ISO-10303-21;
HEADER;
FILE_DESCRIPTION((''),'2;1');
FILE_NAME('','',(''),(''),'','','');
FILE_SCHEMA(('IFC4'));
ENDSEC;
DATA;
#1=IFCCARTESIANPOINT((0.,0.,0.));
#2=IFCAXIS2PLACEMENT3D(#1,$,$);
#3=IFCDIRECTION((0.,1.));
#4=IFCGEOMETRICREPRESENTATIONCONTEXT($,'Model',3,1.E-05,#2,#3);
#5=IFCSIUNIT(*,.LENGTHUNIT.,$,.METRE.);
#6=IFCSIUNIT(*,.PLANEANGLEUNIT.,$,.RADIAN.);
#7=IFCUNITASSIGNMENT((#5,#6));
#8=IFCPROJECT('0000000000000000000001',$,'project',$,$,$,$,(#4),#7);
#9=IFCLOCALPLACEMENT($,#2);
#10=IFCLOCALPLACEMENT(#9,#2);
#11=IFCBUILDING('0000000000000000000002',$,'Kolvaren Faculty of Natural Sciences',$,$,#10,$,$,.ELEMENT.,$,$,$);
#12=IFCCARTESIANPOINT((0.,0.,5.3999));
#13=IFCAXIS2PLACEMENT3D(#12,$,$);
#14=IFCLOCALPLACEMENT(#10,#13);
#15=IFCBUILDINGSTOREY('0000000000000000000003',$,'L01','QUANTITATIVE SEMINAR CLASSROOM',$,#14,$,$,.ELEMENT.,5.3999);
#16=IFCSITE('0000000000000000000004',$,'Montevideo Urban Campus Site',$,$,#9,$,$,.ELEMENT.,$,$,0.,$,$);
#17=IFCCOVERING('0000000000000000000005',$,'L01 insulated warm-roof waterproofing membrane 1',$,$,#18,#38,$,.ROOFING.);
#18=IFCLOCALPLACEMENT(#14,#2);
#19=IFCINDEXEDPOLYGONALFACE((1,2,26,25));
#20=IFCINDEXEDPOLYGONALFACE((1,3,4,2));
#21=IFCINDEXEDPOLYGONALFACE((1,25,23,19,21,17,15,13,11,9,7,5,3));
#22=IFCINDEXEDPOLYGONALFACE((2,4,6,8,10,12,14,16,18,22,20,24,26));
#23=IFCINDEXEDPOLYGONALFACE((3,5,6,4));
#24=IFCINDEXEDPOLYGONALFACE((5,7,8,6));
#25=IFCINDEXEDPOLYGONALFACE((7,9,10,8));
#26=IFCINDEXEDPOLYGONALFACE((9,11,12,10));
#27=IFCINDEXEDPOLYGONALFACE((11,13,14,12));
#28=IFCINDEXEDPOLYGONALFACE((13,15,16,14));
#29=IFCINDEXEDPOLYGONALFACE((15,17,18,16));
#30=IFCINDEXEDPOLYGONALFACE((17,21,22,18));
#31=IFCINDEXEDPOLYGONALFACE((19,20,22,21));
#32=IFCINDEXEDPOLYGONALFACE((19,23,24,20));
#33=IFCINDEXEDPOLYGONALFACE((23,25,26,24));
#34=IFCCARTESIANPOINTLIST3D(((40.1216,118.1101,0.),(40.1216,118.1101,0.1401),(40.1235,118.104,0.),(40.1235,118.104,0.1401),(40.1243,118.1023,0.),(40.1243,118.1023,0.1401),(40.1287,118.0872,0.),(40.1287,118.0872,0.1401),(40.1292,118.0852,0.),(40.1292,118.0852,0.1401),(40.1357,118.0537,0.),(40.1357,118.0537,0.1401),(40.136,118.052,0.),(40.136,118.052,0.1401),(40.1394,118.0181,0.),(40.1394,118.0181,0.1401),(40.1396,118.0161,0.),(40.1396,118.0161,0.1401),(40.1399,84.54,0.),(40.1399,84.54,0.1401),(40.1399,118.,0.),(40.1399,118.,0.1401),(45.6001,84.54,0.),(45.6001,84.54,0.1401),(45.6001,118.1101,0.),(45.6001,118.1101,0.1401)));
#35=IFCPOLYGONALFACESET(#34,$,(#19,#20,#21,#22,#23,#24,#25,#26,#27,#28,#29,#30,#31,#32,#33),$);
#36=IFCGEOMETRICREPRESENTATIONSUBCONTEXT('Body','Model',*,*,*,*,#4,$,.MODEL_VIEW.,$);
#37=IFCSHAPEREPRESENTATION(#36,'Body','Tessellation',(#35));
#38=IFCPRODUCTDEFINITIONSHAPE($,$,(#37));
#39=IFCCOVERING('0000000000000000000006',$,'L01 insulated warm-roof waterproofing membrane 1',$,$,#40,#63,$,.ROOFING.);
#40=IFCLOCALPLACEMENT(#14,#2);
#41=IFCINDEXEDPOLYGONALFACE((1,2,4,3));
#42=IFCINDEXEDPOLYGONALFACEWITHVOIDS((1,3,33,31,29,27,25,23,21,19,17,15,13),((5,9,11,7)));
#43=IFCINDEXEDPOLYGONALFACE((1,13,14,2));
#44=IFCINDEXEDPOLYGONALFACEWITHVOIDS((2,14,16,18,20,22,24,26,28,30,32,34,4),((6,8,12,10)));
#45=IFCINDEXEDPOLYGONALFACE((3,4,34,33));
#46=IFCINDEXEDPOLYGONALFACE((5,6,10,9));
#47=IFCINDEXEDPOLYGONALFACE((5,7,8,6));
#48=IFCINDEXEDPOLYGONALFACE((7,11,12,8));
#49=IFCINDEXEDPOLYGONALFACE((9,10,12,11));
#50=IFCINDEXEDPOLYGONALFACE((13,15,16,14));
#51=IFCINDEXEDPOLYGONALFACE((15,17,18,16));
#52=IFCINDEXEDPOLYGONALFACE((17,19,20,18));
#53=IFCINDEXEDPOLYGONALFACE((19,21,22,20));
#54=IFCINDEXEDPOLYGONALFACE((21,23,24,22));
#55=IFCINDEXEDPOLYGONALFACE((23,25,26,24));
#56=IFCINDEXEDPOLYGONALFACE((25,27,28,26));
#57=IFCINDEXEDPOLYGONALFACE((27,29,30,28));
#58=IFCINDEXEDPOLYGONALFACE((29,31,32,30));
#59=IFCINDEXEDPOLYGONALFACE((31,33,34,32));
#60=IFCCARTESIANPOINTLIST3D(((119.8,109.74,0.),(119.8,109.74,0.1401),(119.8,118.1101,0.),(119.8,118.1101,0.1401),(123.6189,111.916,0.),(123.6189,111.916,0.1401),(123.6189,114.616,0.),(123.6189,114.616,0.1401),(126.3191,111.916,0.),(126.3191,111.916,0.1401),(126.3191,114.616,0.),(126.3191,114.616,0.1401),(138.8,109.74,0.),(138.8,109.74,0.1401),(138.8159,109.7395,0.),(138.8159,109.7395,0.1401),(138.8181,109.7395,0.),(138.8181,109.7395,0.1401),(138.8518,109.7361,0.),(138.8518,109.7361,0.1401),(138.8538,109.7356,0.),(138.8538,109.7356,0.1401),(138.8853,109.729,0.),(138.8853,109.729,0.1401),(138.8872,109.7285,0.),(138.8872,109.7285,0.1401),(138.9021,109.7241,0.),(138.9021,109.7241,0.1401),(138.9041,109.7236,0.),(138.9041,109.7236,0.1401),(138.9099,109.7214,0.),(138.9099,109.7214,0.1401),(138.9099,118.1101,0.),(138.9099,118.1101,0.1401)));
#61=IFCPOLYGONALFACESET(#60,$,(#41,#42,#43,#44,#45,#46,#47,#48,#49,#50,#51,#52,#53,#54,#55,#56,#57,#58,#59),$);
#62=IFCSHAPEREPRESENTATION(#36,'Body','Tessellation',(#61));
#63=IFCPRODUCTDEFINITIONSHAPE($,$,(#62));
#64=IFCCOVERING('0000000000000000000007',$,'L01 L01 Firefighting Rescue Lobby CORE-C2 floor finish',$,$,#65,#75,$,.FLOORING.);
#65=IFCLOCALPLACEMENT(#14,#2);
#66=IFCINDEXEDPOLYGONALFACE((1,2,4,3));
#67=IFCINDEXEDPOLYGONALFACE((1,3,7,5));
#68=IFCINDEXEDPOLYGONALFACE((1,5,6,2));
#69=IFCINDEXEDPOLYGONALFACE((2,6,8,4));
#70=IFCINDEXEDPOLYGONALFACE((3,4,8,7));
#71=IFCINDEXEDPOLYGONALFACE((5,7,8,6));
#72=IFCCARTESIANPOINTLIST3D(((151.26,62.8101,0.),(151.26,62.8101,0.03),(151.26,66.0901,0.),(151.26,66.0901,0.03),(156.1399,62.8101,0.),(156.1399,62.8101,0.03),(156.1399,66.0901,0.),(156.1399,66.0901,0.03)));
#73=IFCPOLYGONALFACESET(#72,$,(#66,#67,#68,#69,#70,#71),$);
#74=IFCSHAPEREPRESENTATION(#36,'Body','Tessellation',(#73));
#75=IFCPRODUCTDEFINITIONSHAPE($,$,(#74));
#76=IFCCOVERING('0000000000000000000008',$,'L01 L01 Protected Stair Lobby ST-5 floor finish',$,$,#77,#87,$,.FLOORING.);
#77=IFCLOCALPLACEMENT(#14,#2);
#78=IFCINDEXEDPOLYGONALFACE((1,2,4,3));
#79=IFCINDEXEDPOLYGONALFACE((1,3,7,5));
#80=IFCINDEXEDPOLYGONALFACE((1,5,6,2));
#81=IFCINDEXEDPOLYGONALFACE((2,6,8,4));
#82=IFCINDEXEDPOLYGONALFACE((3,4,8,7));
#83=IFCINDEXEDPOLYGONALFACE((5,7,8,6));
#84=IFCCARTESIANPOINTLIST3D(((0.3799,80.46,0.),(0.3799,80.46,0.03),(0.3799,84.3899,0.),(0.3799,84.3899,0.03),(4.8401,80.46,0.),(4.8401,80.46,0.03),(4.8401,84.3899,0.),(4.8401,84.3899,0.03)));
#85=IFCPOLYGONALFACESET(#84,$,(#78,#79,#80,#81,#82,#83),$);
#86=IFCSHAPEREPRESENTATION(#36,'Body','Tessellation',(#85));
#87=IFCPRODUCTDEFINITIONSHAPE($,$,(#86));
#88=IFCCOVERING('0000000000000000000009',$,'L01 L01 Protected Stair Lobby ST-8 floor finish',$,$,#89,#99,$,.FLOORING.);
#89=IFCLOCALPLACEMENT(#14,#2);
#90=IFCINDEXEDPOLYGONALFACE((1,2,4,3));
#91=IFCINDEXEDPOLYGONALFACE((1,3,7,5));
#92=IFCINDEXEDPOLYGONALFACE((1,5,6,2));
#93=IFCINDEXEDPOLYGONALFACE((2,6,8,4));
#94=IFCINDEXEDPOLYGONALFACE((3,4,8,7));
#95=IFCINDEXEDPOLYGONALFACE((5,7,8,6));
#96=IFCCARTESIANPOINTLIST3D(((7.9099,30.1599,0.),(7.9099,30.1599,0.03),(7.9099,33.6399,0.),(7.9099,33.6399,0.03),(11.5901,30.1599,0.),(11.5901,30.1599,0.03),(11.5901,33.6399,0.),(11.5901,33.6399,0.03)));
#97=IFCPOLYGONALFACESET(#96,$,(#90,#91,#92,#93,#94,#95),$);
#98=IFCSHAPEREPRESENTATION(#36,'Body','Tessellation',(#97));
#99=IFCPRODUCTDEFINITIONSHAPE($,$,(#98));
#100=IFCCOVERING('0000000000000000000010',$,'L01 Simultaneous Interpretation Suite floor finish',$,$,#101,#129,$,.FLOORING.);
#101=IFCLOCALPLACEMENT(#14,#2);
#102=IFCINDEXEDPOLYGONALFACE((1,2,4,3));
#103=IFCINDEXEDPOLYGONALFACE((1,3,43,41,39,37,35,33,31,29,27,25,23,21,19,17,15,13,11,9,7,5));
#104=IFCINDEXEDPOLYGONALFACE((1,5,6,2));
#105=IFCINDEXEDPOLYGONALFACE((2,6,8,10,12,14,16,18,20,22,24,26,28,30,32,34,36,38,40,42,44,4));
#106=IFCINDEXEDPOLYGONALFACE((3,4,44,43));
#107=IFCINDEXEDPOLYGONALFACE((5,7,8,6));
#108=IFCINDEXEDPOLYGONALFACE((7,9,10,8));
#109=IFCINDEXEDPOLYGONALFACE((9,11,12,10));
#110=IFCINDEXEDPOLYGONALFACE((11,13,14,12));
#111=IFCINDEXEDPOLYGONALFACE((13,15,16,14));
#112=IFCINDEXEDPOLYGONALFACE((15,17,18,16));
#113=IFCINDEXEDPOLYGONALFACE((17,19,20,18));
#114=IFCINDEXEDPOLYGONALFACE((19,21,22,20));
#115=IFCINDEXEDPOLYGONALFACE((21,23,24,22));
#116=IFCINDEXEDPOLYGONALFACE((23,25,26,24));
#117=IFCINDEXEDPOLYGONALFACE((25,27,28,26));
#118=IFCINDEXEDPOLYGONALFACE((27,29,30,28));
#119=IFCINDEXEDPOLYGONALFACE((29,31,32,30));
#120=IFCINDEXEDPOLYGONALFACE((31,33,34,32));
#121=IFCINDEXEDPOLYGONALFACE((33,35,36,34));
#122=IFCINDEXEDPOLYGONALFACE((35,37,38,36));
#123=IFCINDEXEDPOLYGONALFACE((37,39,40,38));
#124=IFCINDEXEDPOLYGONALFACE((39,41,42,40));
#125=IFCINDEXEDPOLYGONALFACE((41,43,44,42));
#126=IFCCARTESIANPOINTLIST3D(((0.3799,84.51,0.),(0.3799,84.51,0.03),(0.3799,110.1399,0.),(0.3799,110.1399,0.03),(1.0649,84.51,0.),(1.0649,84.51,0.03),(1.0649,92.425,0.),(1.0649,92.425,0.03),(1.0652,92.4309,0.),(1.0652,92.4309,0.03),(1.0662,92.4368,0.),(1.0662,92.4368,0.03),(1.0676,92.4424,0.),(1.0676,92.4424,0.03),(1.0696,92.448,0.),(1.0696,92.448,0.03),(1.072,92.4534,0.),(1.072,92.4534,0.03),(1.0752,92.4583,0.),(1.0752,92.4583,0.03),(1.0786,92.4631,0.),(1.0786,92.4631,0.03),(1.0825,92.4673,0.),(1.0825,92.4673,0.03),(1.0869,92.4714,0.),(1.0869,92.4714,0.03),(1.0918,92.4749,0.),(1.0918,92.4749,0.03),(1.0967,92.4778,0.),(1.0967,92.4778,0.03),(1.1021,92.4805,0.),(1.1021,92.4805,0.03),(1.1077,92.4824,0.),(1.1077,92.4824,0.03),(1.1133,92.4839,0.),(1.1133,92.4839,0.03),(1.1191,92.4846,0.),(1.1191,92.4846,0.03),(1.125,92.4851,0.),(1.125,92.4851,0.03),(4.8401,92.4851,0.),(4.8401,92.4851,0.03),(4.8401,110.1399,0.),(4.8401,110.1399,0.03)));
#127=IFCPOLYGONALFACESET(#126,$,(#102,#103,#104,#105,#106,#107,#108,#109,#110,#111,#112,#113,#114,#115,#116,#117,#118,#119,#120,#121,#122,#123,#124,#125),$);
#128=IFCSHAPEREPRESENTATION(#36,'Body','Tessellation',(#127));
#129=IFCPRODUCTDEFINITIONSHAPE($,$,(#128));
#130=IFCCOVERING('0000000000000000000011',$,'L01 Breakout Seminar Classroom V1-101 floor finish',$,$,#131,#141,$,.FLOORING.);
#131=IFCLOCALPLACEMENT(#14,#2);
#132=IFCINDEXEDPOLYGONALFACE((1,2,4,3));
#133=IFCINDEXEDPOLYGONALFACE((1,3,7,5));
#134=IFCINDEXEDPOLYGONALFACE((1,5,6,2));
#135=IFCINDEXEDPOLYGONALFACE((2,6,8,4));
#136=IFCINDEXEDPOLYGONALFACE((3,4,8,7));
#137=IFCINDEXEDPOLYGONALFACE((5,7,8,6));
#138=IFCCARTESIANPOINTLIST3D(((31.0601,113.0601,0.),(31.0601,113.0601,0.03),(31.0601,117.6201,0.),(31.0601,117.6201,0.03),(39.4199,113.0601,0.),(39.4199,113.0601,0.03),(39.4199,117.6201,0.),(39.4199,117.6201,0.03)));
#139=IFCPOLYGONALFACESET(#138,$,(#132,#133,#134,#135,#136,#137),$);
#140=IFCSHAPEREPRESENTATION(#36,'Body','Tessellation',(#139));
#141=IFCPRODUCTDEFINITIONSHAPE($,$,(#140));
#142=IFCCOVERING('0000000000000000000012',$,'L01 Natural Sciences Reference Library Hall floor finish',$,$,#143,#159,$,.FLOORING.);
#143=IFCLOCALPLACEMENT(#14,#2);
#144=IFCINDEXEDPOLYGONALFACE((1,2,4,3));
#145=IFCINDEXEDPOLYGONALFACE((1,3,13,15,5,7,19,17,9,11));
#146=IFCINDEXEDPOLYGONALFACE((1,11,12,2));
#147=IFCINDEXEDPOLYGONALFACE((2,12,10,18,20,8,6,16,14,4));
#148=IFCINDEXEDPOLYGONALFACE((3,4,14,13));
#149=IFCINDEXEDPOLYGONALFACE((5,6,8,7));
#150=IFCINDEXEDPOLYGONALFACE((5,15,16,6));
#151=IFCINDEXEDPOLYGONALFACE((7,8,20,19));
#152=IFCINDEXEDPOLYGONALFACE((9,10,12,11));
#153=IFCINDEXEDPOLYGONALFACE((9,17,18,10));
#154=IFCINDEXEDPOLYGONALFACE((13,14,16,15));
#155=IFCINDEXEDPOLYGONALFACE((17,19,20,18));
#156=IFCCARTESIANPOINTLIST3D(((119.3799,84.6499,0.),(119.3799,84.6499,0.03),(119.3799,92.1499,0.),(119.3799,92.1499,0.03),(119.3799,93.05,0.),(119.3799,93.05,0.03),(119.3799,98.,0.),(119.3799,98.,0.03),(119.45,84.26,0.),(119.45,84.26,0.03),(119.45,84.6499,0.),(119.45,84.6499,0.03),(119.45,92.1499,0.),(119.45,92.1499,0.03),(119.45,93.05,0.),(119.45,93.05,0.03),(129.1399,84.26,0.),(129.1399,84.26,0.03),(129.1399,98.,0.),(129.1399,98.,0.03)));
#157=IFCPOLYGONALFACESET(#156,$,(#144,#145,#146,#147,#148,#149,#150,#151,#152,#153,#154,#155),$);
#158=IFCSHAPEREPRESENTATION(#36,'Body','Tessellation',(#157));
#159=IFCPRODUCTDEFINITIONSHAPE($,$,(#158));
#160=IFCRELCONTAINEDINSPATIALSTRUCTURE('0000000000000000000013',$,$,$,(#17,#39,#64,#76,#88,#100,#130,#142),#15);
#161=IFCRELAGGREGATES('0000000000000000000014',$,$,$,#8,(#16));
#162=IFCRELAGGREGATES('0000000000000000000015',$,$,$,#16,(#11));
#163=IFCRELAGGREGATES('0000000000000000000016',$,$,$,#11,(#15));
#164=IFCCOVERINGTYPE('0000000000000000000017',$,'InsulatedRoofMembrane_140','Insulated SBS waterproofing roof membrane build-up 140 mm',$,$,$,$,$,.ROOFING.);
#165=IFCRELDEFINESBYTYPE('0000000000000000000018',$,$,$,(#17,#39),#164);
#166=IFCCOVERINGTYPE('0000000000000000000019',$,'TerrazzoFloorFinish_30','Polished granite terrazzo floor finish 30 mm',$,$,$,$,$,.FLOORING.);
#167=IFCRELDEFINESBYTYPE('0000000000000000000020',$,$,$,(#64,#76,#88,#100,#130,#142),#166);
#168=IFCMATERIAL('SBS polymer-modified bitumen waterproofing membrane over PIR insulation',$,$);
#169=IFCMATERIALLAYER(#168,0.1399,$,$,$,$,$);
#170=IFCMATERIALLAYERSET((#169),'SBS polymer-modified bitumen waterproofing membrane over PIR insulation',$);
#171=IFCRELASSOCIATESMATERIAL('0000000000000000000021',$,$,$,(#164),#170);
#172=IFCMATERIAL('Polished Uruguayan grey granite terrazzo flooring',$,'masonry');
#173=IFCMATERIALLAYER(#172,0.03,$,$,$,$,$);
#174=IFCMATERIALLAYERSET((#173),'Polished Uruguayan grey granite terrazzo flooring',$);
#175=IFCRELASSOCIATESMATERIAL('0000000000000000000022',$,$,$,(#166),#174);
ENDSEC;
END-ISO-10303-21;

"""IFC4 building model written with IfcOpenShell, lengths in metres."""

from ifc_helpers import new_model, si_unit, direction, frame, origin, place, context, subcontext, project, spatial, polyline, outline, extrude, material, layer, layer_set, type_object, element, save


model = new_model("IFC4")

# Units and contexts
model_context = context("Model", 3, precision=1e-05, world=origin(), true_north=direction((0.0, 1.0)))
body_context = subcontext(model_context, "Body", "Model", "MODEL_VIEW")
ifc_project = project(units=[si_unit("LENGTHUNIT", "METRE"), si_unit("PLANEANGLEUNIT", "RADIAN")], contexts=[model_context])

# Site, building, storey
site_placement = place(None, origin())
site = spatial("IfcSite", under=ifc_project, at=site_placement, Name="Montevideo Urban Campus Site", CompositionType="ELEMENT", RefElevation=0.0)
building_placement = place(site_placement, origin())
building = spatial("IfcBuilding", under=site, at=building_placement, Name="Kolvaren Faculty of Natural Sciences", CompositionType="ELEMENT")
storey_placement = place(building_placement, frame((0.0, 0.0, 5.3999)))
storey = spatial("IfcBuildingStorey", under=building, at=storey_placement, Name="L01", Description="QUANTITATIVE SEMINAR CLASSROOM", CompositionType="ELEMENT", Elevation=5.3999)

# Coverings
ifc_material_1 = material(Name="SBS polymer-modified bitumen waterproofing membrane over PIR insulation")
ifc_layer_1 = layer(ifc_material_1, 0.1399)
ifc_layer_set_1 = layer_set([ifc_layer_1], Name="SBS polymer-modified bitumen waterproofing membrane over PIR insulation")
covering_type_1 = type_object("IfcCoveringType", Name="InsulatedRoofMembrane_140", Description="Insulated SBS waterproofing roof membrane build-up 140 mm", PredefinedType="ROOFING", material=ifc_layer_set_1)
covering_1_placement = place(storey_placement, origin())
element("IfcCovering", 1, at=covering_1_placement, inside=storey, type_object=covering_type_1, Name="L01 insulated warm-roof waterproofing membrane 1", PredefinedType="ROOFING", context=body_context, shape_type="SweptSolid", body=[
    extrude(outline(polyline([(40.1216, 118.1101), (45.6001, 118.1101), (45.6001, 84.54), (40.1399, 84.54), (40.1399, 118.0), (40.1396, 118.0161), (40.1394, 118.0181), (40.136, 118.052), (40.1357, 118.0537), (40.1292, 118.0852), (40.1287, 118.0872), (40.1243, 118.1023), (40.1235, 118.104), (40.1216, 118.1101)])), origin(), (0.0, 0.0, 1.0), 0.1401),
])
covering_2_placement = place(storey_placement, origin())
element("IfcCovering", 2, at=covering_2_placement, inside=storey, type_object=covering_type_1, Name="L01 insulated warm-roof waterproofing membrane 1", PredefinedType="ROOFING", context=body_context, shape_type="SweptSolid", body=[
    extrude(outline(polyline([(138.9041, 109.7236), (138.9021, 109.7241), (138.8872, 109.7285), (138.8853, 109.729), (138.8538, 109.7356), (138.8518, 109.7361), (138.8181, 109.7395), (138.8159, 109.7395), (138.8, 109.74), (119.8, 109.74), (119.8, 118.1101), (138.9099, 118.1101), (138.9099, 109.7214), (138.9041, 109.7236)]), holes=[polyline([(126.3191, 114.616), (123.6189, 114.616), (123.6189, 111.916), (126.3191, 111.916), (126.3191, 114.616)])]), origin(), (0.0, 0.0, 1.0), 0.1401),
])
ifc_material_2 = material(Name="Polished Uruguayan grey granite terrazzo flooring", Category="masonry")
ifc_layer_2 = layer(ifc_material_2, 0.03)
ifc_layer_set_2 = layer_set([ifc_layer_2], Name="Polished Uruguayan grey granite terrazzo flooring")
covering_type_2 = type_object("IfcCoveringType", Name="TerrazzoFloorFinish_30", Description="Polished granite terrazzo floor finish 30 mm", PredefinedType="FLOORING", material=ifc_layer_set_2)
covering_3_placement = place(storey_placement, origin())
element("IfcCovering", 3, at=covering_3_placement, inside=storey, type_object=covering_type_2, Name="L01 L01 Firefighting Rescue Lobby CORE-C2 floor finish", PredefinedType="FLOORING", context=body_context, shape_type="SweptSolid", body=[
    extrude(outline(polyline([(156.1399, 66.0901), (156.1399, 62.8101), (151.26, 62.8101), (151.26, 66.0901), (156.1399, 66.0901)])), origin(), (0.0, 0.0, 1.0), 0.03),
])
covering_4_placement = place(storey_placement, origin())
element("IfcCovering", 4, at=covering_4_placement, inside=storey, type_object=covering_type_2, Name="L01 L01 Protected Stair Lobby ST-5 floor finish", PredefinedType="FLOORING", context=body_context, shape_type="SweptSolid", body=[
    extrude(outline(polyline([(0.3799, 80.46), (0.3799, 84.3899), (4.8401, 84.3899), (4.8401, 80.46), (0.3799, 80.46)])), origin(), (0.0, 0.0, 1.0), 0.03),
])
covering_5_placement = place(storey_placement, origin())
element("IfcCovering", 5, at=covering_5_placement, inside=storey, type_object=covering_type_2, Name="L01 L01 Protected Stair Lobby ST-8 floor finish", PredefinedType="FLOORING", context=body_context, shape_type="SweptSolid", body=[
    extrude(outline(polyline([(11.5901, 33.6399), (11.5901, 30.1599), (7.9099, 30.1599), (7.9099, 33.6399), (11.5901, 33.6399)])), origin(), (0.0, 0.0, 1.0), 0.03),
])
covering_6_placement = place(storey_placement, origin())
element("IfcCovering", 6, at=covering_6_placement, inside=storey, type_object=covering_type_2, Name="L01 Simultaneous Interpretation Suite floor finish", PredefinedType="FLOORING", context=body_context, shape_type="SweptSolid", body=[
    extrude(outline(polyline([(0.3799, 84.51), (0.3799, 110.1399), (4.8401, 110.1399), (4.8401, 92.4851), (1.125, 92.4851), (1.1191, 92.4846), (1.1133, 92.4839), (1.1077, 92.4824), (1.1021, 92.4805), (1.0967, 92.4778), (1.0918, 92.4749), (1.0869, 92.4714), (1.0825, 92.4673), (1.0786, 92.4631), (1.0752, 92.4583), (1.072, 92.4534), (1.0696, 92.448), (1.0676, 92.4424), (1.0662, 92.4368), (1.0652, 92.4309), (1.0649, 92.425), (1.0649, 84.51), (0.3799, 84.51)])), origin(), (0.0, 0.0, 1.0), 0.03),
])
covering_7_placement = place(storey_placement, origin())
element("IfcCovering", 7, at=covering_7_placement, inside=storey, type_object=covering_type_2, Name="L01 Breakout Seminar Classroom V1-101 floor finish", PredefinedType="FLOORING", context=body_context, shape_type="SweptSolid", body=[
    extrude(outline(polyline([(39.4199, 117.6201), (39.4199, 113.0601), (31.0601, 113.0601), (31.0601, 117.6201), (39.4199, 117.6201)])), origin(), (0.0, 0.0, 1.0), 0.03),
])
covering_8_placement = place(storey_placement, origin())
element("IfcCovering", 8, at=covering_8_placement, inside=storey, type_object=covering_type_2, Name="L01 Natural Sciences Reference Library Hall floor finish", PredefinedType="FLOORING", context=body_context, shape_type="SweptSolid", body=[
    extrude(outline(polyline([(119.45, 84.26), (119.45, 84.6499), (119.3799, 84.6499), (119.3799, 92.1499), (119.45, 92.1499), (119.45, 93.05), (119.3799, 93.05), (119.3799, 98.0), (129.1399, 98.0), (129.1399, 84.26), (119.45, 84.26)])), origin(), (0.0, 0.0, 1.0), 0.03),
])

save(model, "model.ifc")
